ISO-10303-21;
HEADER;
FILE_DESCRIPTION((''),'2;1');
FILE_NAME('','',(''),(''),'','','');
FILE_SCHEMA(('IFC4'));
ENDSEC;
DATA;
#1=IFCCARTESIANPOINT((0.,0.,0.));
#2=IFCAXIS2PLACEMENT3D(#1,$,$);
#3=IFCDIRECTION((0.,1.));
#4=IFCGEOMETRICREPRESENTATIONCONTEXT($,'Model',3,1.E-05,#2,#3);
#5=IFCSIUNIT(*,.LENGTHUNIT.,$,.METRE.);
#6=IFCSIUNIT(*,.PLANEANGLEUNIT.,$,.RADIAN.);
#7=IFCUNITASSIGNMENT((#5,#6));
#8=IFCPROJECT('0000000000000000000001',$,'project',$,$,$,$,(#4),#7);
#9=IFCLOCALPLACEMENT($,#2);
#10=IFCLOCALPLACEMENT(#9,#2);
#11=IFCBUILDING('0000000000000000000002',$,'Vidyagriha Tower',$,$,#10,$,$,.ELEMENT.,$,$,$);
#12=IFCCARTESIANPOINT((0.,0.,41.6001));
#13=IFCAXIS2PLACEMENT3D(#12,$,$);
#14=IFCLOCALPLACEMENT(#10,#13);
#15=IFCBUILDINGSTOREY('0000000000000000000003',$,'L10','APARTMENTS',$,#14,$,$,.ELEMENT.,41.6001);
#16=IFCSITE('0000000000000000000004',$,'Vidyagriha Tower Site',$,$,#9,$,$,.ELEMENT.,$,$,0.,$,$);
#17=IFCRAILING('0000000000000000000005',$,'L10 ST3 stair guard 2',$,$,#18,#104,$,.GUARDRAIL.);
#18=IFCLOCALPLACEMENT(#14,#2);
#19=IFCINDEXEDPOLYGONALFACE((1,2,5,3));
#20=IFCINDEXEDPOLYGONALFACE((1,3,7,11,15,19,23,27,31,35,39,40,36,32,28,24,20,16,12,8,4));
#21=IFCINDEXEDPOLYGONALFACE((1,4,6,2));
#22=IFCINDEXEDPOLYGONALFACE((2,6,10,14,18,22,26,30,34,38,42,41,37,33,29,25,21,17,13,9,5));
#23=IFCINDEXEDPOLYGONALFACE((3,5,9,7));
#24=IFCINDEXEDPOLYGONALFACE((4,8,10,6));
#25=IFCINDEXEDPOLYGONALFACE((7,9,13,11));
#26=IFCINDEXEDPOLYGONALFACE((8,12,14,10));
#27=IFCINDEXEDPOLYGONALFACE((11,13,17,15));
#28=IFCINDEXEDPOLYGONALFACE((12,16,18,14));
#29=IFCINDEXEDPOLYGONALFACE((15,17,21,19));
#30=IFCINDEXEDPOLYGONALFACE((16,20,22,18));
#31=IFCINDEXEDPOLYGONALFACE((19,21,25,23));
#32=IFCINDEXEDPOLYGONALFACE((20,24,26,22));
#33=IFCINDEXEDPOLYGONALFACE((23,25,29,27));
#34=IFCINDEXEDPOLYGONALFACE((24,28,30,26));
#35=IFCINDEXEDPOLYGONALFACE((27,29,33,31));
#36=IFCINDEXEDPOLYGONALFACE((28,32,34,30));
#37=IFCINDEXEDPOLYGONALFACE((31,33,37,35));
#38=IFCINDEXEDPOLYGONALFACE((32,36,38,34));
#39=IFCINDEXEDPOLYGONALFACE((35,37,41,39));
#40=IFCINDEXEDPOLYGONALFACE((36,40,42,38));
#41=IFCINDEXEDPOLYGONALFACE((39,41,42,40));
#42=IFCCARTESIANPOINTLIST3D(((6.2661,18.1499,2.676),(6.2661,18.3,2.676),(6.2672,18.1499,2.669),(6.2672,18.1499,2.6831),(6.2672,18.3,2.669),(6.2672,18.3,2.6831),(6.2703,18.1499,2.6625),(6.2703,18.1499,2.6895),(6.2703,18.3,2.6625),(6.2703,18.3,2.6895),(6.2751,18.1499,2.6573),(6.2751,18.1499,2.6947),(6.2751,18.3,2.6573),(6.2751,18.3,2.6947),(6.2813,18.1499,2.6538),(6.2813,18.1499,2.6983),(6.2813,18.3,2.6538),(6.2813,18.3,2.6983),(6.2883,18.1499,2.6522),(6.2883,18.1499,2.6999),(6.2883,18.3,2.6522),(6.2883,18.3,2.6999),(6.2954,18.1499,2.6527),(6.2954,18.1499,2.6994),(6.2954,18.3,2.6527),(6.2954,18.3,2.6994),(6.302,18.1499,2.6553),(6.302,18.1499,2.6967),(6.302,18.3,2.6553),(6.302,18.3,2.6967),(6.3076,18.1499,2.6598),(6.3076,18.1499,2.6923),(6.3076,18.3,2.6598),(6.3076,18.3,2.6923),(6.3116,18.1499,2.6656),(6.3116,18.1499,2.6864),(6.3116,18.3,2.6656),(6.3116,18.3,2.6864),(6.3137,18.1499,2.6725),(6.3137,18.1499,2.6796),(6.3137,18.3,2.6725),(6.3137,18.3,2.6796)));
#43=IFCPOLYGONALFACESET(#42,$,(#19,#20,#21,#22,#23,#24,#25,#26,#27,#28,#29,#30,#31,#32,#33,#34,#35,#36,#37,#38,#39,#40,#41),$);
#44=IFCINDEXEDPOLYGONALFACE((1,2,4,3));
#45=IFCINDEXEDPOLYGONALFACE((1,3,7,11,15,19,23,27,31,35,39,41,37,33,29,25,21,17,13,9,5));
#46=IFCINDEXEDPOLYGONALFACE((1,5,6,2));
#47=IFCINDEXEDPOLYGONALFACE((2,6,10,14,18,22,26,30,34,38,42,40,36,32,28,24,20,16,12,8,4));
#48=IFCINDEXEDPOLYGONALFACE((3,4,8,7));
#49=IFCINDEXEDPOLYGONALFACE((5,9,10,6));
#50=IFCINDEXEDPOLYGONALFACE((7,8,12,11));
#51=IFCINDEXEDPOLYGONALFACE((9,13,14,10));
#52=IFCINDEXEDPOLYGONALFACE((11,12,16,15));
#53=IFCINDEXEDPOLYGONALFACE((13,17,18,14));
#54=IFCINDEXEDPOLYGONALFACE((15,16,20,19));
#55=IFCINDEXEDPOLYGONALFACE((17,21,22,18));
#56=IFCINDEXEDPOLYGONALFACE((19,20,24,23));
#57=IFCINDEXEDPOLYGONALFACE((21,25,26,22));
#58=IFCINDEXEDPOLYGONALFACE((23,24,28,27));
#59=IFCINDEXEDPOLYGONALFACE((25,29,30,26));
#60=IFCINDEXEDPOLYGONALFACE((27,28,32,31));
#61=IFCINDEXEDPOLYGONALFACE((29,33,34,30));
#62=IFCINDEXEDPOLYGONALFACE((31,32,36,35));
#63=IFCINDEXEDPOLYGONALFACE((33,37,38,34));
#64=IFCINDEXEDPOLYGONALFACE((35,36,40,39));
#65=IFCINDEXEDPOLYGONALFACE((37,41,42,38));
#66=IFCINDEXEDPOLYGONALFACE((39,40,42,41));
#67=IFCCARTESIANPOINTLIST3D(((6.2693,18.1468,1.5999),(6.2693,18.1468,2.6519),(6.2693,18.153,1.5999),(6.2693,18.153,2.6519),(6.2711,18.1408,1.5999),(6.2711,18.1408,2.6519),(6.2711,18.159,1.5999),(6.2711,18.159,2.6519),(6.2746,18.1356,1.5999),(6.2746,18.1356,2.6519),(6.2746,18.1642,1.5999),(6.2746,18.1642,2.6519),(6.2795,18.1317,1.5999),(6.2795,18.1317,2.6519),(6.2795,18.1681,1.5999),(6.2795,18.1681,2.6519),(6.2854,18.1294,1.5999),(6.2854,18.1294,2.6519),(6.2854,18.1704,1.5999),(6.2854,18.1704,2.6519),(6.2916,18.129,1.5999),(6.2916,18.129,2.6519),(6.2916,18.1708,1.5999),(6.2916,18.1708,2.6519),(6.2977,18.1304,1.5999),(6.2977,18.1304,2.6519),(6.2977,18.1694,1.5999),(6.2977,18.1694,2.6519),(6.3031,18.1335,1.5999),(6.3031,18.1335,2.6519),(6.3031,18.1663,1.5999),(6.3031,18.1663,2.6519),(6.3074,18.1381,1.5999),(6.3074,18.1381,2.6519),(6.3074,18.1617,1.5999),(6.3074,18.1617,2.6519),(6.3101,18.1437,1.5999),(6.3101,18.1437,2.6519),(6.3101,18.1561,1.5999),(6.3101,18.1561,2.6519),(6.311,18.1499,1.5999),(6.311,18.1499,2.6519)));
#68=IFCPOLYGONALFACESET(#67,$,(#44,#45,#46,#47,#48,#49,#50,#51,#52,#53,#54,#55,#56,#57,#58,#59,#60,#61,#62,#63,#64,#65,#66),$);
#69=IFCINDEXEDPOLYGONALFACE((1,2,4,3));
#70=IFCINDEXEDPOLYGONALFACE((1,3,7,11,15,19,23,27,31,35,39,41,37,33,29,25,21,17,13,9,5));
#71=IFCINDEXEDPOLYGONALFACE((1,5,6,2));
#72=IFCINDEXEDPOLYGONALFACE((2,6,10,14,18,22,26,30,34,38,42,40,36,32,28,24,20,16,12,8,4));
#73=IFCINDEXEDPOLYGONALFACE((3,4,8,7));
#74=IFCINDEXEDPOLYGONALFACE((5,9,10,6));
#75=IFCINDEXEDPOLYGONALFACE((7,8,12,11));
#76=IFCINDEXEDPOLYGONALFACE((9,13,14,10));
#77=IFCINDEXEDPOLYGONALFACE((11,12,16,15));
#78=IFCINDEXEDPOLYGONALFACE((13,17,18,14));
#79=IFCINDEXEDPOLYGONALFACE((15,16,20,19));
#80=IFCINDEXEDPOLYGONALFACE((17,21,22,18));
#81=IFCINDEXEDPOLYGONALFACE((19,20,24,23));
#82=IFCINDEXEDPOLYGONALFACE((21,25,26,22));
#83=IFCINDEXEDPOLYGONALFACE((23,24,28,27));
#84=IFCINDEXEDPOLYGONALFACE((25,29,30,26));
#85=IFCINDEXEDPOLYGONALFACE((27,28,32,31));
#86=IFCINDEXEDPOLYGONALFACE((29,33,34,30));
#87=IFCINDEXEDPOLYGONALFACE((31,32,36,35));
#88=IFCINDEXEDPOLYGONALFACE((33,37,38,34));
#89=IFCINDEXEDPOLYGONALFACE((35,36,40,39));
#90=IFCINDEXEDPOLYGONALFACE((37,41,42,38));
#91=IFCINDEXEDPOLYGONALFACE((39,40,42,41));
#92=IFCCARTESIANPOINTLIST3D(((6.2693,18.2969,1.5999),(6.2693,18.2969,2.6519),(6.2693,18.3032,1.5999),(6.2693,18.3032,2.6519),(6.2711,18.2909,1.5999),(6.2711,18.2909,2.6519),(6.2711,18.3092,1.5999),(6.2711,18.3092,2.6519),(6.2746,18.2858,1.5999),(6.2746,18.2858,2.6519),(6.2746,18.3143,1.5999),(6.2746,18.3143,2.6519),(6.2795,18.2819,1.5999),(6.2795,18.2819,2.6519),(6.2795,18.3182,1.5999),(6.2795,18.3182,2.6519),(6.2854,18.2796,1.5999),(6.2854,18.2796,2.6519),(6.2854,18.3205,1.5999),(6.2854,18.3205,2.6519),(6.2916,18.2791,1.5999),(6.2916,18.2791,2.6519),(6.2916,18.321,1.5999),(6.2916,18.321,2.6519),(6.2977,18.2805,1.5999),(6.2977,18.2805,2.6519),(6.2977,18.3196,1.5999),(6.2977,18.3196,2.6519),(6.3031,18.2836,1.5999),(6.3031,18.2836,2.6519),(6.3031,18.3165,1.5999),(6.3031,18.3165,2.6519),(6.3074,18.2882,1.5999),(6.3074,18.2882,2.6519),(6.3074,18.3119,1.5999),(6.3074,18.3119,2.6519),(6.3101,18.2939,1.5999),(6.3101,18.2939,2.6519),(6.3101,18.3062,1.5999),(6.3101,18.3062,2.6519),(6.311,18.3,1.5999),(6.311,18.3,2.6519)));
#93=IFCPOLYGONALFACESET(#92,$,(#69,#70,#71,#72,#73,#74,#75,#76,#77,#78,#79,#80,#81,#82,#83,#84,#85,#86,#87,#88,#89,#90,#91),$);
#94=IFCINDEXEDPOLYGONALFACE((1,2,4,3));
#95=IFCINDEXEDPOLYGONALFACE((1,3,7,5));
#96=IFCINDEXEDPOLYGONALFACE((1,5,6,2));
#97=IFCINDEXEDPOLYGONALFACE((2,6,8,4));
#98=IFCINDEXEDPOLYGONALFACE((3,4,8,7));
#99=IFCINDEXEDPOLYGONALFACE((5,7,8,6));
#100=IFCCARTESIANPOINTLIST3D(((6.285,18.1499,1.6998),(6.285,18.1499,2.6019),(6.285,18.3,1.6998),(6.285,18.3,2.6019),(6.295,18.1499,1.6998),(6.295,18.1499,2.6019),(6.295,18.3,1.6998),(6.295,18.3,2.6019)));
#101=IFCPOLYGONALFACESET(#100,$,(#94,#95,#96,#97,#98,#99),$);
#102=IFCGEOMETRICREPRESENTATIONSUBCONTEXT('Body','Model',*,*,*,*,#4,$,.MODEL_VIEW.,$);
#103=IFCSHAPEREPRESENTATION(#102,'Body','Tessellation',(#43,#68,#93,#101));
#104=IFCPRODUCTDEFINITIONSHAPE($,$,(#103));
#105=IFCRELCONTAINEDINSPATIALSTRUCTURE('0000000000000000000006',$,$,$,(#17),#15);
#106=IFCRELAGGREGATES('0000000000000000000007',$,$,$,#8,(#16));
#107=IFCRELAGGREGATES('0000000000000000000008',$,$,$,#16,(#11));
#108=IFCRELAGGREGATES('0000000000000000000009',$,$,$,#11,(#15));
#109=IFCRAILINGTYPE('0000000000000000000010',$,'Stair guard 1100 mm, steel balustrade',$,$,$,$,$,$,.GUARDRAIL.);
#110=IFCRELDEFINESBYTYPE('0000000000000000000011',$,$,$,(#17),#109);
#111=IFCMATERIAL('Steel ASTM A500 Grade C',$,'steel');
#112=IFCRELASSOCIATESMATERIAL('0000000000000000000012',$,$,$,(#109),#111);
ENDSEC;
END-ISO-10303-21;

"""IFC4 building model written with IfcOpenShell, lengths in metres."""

from ifc_helpers import new_model, si_unit, direction, frame, origin, origin_2d, place, context, subcontext, project, spatial, rectangle, circle, extrude, material, type_object, element, save


model = new_model("IFC4")

# Units and contexts
model_context = context("Model", 3, precision=1e-05, world=origin(), true_north=direction((0.0, 1.0)))
body_context = subcontext(model_context, "Body", "Model", "MODEL_VIEW")
ifc_project = project(units=[si_unit("LENGTHUNIT", "METRE"), si_unit("PLANEANGLEUNIT", "RADIAN")], contexts=[model_context])

# Site, building, storey
site_placement = place(None, origin())
site = spatial("IfcSite", under=ifc_project, at=site_placement, Name="Vidyagriha Tower Site", CompositionType="ELEMENT", RefElevation=0.0)
building_placement = place(site_placement, origin())
building = spatial("IfcBuilding", under=site, at=building_placement, Name="Vidyagriha Tower", CompositionType="ELEMENT")
storey_placement = place(building_placement, frame((0.0, 0.0, 41.6001)))
storey = spatial("IfcBuildingStorey", under=building, at=storey_placement, Name="L10", Description="APARTMENTS", CompositionType="ELEMENT", Elevation=41.6001)

# Railing
ifc_material_1 = material(Name="Steel ASTM A500 Grade C", Category="steel")
railing_type_1 = type_object("IfcRailingType", Name="Stair guard 1100 mm, steel balustrade", PredefinedType="GUARDRAIL", material=ifc_material_1)
railing_1_placement = place(storey_placement, frame((6.29, 18.1499, 1.5999)))
element("IfcRailing", 1, at=railing_1_placement, inside=storey, type_object=railing_type_1, Name="L10 ST3 stair guard 2", PredefinedType="GUARDRAIL", context=body_context, shape_type="SweptSolid", body=[
    extrude(circle(Radius=0.0239, at=origin_2d()), frame((0.0, 0.0, 1.0762), z_axis=(0.0, 1.0, 0.0), x_axis=(-1.0, 0.0, 0.0)), (0.0, 0.0, 1.0), 0.1501),
    extrude(circle(Radius=0.021, at=origin_2d()), origin(), (0.0, 0.0, 1.0), 1.052),
    extrude(circle(Radius=0.021, at=origin_2d()), frame((0.0, 0.1501, 0.0)), (0.0, 0.0, 1.0), 1.052),
    extrude(rectangle(XDim=0.01, YDim=0.9021, at=origin_2d()), frame((0.0, 0.0, 0.551), z_axis=(0.0, 1.0, 0.0), x_axis=(-1.0, 0.0, 0.0)), (0.0, 0.0, 1.0), 0.1501),
])

save(model, "model.ifc")
